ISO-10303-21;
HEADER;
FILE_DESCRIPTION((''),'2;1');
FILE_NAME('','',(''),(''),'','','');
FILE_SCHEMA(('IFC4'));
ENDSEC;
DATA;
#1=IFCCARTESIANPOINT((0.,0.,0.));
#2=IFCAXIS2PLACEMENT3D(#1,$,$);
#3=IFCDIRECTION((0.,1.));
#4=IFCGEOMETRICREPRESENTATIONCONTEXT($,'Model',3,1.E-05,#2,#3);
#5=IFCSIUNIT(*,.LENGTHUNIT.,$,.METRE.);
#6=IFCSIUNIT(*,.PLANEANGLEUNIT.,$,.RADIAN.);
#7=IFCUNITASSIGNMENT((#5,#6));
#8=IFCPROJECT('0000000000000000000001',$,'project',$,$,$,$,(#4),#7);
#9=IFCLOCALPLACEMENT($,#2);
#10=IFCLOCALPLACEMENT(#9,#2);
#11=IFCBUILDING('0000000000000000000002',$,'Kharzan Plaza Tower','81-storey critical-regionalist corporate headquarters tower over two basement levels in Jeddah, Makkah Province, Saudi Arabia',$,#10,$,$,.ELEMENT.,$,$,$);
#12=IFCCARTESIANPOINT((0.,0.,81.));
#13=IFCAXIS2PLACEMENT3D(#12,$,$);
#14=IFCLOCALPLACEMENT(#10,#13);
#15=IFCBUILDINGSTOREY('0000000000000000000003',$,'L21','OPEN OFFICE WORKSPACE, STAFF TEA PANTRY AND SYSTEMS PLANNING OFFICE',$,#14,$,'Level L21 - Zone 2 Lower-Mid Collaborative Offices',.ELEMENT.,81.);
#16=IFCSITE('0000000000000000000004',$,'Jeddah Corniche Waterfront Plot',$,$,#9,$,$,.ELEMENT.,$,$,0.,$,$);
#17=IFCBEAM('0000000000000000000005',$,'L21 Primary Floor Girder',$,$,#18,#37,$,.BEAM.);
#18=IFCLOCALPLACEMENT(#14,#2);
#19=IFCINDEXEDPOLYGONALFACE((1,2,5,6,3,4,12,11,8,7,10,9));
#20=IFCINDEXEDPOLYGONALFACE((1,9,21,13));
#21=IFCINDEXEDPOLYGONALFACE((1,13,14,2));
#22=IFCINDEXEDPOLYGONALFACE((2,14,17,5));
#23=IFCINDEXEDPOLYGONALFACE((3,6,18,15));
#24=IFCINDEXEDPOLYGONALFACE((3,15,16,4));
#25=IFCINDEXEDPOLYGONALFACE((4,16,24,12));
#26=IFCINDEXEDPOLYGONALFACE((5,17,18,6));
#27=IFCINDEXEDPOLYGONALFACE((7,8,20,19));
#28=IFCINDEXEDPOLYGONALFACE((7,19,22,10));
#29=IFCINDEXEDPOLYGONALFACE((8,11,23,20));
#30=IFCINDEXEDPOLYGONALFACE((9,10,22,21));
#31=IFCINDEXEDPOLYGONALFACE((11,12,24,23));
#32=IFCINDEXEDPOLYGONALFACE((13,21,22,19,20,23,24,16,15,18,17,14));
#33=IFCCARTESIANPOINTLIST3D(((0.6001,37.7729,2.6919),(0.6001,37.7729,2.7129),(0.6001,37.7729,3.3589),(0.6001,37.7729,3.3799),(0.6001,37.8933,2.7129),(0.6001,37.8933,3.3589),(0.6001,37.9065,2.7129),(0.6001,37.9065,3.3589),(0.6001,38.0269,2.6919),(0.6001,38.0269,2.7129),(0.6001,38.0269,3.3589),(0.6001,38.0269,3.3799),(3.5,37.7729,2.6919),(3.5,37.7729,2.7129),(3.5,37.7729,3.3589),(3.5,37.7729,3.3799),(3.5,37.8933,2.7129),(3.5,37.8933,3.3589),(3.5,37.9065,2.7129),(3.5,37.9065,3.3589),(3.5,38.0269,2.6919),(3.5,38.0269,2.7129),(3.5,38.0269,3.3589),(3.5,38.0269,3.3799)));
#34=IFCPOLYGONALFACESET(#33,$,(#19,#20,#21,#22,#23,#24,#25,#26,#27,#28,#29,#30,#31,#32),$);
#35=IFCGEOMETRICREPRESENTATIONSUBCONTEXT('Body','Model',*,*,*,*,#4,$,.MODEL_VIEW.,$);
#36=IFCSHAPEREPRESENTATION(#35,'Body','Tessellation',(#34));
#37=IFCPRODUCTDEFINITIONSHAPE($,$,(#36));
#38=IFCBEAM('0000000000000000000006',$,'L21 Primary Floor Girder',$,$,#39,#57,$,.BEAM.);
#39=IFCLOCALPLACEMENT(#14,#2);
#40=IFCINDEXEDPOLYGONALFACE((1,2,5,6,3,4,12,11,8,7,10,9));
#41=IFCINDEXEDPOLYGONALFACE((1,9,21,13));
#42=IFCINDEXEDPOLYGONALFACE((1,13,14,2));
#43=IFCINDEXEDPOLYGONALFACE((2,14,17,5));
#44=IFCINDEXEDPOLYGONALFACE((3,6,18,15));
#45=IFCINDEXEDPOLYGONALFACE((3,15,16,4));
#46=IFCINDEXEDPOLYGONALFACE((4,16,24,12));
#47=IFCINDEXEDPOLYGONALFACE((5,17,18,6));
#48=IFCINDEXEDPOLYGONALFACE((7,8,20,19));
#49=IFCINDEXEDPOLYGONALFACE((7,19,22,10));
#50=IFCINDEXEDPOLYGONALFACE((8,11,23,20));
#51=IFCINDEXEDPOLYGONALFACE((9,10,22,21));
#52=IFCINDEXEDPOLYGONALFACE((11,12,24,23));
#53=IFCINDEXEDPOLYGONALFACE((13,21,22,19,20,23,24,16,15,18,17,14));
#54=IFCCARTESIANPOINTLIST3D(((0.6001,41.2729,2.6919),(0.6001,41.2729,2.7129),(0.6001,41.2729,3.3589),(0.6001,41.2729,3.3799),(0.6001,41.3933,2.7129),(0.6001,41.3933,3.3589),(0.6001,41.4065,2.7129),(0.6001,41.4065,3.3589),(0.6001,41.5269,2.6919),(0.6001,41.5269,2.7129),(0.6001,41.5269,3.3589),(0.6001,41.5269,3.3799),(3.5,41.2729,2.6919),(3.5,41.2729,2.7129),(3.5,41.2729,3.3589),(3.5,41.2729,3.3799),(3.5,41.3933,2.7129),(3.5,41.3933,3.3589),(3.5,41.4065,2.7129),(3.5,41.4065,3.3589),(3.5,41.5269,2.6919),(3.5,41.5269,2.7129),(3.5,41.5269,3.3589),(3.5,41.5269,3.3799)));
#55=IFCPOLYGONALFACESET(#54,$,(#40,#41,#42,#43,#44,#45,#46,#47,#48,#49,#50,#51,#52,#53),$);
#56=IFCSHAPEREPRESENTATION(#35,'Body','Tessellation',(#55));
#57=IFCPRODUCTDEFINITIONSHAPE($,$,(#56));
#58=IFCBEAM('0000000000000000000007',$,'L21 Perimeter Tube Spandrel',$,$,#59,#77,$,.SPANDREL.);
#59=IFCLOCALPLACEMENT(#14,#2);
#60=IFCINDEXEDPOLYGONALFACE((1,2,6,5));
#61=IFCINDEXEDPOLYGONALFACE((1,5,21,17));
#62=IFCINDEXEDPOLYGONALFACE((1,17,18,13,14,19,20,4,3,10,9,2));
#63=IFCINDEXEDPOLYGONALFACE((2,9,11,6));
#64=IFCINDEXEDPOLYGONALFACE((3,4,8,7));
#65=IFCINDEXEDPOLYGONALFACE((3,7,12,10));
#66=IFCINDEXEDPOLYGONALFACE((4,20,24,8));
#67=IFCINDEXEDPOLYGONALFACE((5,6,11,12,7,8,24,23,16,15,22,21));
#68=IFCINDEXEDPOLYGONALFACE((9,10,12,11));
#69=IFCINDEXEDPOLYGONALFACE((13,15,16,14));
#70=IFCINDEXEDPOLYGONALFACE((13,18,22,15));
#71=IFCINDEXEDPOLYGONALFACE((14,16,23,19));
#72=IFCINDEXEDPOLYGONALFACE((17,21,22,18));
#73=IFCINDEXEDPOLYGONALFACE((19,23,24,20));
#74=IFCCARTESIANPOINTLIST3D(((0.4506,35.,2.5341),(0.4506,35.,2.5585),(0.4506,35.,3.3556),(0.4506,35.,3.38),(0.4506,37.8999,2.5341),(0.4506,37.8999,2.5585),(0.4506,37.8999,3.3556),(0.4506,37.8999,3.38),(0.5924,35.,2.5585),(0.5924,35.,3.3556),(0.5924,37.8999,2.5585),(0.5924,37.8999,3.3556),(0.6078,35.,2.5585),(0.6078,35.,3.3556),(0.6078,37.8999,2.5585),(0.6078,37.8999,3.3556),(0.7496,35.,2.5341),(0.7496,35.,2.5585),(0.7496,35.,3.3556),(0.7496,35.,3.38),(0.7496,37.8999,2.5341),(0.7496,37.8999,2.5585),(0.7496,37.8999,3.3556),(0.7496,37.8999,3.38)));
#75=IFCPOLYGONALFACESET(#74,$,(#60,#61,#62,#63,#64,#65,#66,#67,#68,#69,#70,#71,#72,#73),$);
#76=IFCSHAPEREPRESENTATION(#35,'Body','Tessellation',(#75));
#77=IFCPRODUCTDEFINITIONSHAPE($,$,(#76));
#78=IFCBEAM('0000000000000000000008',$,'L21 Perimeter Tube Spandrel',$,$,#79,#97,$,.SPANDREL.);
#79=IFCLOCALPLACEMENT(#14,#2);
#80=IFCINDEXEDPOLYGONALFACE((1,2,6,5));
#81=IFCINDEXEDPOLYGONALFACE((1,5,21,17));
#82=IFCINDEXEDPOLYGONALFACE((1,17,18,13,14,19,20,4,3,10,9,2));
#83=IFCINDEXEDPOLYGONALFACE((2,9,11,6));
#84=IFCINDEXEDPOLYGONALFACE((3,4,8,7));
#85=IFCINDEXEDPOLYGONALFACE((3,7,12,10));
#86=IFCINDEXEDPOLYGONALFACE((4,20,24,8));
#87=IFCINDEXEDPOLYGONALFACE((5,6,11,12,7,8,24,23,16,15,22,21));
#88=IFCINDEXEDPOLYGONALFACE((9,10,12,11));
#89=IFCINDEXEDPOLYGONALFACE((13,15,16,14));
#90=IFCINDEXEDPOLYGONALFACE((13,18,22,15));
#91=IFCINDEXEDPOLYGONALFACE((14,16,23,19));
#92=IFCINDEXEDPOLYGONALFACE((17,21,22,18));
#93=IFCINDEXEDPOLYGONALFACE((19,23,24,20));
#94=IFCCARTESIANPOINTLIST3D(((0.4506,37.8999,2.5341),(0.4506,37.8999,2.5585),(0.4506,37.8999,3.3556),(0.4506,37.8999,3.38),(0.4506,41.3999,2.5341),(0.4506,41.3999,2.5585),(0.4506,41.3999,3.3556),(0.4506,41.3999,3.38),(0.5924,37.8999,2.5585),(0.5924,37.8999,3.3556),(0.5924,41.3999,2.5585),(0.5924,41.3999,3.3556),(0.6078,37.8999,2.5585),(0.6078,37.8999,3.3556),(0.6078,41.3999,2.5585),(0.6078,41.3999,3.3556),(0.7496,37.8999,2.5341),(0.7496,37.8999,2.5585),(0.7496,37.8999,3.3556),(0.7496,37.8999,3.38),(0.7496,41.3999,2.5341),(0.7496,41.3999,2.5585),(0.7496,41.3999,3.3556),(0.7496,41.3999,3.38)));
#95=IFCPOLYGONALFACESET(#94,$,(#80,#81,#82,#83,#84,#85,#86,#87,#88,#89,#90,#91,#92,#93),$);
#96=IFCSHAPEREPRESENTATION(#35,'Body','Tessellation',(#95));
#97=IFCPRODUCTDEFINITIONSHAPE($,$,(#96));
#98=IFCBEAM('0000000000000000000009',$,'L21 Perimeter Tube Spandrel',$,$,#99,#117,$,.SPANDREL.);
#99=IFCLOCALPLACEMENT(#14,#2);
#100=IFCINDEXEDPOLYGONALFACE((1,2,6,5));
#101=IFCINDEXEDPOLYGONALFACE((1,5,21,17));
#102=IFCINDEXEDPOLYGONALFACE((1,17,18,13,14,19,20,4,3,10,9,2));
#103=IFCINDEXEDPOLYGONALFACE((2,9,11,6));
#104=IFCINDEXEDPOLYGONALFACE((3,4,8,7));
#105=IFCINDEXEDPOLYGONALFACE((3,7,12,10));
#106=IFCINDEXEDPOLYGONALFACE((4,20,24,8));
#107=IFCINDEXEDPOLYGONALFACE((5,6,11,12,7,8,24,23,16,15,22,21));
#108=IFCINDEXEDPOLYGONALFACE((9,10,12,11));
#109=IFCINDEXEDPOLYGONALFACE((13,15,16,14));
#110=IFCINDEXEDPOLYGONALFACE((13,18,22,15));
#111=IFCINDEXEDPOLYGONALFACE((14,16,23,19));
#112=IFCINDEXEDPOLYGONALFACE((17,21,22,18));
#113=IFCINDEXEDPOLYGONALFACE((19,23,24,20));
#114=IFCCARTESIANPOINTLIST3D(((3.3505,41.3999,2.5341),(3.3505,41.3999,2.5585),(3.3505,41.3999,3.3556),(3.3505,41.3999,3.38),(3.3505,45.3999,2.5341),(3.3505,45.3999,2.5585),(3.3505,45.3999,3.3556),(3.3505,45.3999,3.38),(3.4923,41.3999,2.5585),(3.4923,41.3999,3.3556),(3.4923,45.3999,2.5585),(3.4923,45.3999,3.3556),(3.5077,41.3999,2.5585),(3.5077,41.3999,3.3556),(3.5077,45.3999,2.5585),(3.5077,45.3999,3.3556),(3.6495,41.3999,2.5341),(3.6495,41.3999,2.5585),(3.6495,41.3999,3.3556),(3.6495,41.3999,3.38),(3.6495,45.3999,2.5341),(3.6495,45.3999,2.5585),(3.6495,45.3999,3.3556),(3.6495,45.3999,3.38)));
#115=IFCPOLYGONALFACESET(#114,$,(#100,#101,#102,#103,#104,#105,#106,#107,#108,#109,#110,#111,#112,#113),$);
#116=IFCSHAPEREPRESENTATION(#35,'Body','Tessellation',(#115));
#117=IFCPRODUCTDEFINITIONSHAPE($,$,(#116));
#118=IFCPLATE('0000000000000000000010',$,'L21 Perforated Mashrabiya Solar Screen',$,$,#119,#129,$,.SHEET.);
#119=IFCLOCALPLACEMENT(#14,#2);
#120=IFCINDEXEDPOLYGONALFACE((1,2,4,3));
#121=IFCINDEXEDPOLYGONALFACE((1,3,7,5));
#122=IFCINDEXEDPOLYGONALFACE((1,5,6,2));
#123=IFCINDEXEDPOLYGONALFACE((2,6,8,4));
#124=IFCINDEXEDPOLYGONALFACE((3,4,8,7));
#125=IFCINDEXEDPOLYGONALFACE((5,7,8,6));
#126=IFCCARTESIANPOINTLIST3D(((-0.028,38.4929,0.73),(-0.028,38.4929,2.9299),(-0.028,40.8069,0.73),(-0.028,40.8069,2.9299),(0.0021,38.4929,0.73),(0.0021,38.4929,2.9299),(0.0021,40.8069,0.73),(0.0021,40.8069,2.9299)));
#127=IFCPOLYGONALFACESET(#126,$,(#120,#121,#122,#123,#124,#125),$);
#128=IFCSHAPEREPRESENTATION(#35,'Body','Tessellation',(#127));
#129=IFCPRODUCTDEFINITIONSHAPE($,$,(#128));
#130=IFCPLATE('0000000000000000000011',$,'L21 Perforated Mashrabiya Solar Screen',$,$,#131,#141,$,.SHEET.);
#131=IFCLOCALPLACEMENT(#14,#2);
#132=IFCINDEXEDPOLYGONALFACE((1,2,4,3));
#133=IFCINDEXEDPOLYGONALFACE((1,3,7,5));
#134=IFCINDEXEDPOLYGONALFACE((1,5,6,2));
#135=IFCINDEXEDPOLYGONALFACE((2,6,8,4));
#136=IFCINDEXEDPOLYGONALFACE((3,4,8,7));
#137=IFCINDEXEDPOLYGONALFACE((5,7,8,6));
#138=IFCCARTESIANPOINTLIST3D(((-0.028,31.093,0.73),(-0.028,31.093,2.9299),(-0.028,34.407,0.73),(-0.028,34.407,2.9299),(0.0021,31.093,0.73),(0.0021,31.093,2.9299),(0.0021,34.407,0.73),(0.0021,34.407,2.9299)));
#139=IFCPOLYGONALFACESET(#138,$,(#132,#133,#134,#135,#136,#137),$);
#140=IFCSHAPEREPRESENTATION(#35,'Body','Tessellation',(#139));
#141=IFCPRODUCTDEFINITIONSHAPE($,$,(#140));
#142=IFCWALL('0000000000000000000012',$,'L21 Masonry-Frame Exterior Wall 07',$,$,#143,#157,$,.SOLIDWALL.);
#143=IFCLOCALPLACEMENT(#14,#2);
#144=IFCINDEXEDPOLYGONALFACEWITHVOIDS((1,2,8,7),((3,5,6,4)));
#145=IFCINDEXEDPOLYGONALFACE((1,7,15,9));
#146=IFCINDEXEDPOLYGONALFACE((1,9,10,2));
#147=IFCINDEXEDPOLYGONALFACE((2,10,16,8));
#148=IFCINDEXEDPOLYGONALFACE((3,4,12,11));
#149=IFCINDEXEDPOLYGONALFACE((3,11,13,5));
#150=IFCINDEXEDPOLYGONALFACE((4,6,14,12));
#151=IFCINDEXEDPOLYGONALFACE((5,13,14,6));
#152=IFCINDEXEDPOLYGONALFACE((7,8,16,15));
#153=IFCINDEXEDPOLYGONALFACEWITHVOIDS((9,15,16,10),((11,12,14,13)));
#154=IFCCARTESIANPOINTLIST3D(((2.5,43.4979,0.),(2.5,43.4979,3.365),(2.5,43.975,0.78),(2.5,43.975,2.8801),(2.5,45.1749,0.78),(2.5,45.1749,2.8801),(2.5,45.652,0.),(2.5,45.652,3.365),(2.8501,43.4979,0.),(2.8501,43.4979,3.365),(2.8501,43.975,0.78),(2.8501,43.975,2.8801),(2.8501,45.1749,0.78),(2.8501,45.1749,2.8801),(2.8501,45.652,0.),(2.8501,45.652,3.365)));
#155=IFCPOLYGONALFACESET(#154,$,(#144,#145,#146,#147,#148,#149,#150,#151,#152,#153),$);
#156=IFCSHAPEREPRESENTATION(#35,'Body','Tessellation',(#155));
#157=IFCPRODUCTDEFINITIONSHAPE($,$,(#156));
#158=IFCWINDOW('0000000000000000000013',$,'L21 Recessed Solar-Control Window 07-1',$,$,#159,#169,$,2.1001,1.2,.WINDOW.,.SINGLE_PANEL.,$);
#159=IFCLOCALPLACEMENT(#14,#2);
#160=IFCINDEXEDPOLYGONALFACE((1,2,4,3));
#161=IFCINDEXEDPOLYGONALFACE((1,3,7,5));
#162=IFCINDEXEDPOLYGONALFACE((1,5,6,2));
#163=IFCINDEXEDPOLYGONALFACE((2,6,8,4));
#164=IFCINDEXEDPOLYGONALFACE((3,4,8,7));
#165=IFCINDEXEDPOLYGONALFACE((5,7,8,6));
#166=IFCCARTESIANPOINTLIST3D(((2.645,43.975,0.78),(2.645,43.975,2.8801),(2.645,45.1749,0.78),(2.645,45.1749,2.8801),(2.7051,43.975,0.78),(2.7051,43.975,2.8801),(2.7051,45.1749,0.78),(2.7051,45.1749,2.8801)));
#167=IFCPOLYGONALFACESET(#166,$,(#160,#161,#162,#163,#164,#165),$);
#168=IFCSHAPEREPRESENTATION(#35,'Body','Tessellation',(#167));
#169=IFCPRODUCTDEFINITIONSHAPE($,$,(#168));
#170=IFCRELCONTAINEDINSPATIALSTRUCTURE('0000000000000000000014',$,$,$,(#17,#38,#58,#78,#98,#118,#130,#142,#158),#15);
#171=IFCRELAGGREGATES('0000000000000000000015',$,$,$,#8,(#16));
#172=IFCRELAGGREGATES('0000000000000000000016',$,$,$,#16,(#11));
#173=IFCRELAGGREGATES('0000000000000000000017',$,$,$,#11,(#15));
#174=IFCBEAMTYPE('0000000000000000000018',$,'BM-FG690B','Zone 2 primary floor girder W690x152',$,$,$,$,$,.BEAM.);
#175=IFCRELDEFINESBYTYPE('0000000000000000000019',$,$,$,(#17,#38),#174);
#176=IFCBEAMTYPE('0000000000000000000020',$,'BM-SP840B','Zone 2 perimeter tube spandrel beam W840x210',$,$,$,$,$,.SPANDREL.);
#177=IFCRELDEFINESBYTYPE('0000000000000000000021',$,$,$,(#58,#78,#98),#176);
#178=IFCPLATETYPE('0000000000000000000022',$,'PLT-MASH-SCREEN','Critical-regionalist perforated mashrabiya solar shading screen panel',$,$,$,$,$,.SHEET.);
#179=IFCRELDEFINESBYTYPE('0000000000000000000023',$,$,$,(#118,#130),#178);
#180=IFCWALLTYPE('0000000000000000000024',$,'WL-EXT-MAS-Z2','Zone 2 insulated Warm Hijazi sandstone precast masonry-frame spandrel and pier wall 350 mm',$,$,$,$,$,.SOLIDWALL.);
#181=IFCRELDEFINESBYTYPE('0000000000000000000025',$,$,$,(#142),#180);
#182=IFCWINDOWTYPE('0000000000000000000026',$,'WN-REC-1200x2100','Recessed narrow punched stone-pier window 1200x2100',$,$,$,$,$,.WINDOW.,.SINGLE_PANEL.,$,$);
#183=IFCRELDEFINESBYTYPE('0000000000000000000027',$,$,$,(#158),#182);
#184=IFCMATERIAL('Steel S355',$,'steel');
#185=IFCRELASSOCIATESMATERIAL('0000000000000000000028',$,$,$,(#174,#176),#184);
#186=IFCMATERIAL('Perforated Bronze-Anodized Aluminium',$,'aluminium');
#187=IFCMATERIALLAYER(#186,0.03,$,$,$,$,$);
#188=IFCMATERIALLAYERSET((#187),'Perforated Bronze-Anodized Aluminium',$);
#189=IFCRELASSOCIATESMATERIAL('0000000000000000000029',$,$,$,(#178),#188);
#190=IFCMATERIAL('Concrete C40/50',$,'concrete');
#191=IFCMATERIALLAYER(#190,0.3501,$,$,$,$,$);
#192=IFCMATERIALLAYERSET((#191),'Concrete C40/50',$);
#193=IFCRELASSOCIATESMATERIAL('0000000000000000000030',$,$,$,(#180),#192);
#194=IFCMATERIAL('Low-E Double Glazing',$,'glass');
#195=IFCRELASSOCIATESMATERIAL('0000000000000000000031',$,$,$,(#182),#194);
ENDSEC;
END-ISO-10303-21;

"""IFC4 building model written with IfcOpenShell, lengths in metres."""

from ifc_helpers import new_model, si_unit, direction, frame, frame_2d, origin, origin_2d, place, context, subcontext, project, spatial, rectangle, i_section, extrude, source, transform, mapped, material, layer, layer_set, material_profile, profile_set, type_object, element, fill, save


model = new_model("IFC4")

# Units and contexts
model_context = context("Model", 3, precision=1e-05, world=origin(), true_north=direction((0.0, 1.0)))
body_context = subcontext(model_context, "Body", "Model", "MODEL_VIEW")
ifc_project = project(units=[si_unit("LENGTHUNIT", "METRE"), si_unit("PLANEANGLEUNIT", "RADIAN")], contexts=[model_context])

# Site, building, storey
site_placement = place(None, origin())
site = spatial("IfcSite", under=ifc_project, at=site_placement, Name="Jeddah Corniche Waterfront Plot", CompositionType="ELEMENT", RefElevation=0.0)
building_placement = place(site_placement, origin())
building = spatial("IfcBuilding", under=site, at=building_placement, Name="Kharzan Plaza Tower", Description="81-storey critical-regionalist corporate headquarters tower over two basement levels in Jeddah, Makkah Province, Saudi Arabia", CompositionType="ELEMENT")
storey_placement = place(building_placement, frame((0.0, 0.0, 81.0)))
storey = spatial("IfcBuildingStorey", under=building, at=storey_placement, Name="L21", Description="OPEN OFFICE WORKSPACE, STAFF TEA PANTRY AND SYSTEMS PLANNING OFFICE", LongName="Level L21 - Zone 2 Lower-Mid Collaborative Offices", CompositionType="ELEMENT", Elevation=81.0)

# Beams
ifc_material_1 = material(Name="Steel S355", Category="steel")
ifc_material_profile_1 = material_profile(ifc_material_1, i_section(OverallWidth=0.2539, OverallDepth=0.688, WebThickness=0.0132, FlangeThickness=0.021, at=origin_2d()), Name="W690x152")
ifc_profile_set_1 = profile_set([ifc_material_profile_1], Name="Steel S355")
beam_type_1 = type_object("IfcBeamType", Name="BM-FG690B", Description="Zone 2 primary floor girder W690x152", PredefinedType="BEAM", material=ifc_profile_set_1)
shared_shape_1 = source(origin(), body_context, "Body", "SweptSolid", [
    extrude(i_section(OverallWidth=0.2539, OverallDepth=0.688, WebThickness=0.0132, FlangeThickness=0.021, at=origin_2d()), origin(), (0.0, 0.0, 1.0), 2.8999),
])
for number, where, z_axis, x_axis, name in (
    (1, (0.6001, 37.8999, 3.0359), (1.0, 0.0, 0.0), (0.0, 1.0, 0.0), "L21 Primary Floor Girder"),
    (2, (0.6001, 41.3999, 3.0359), (1.0, 0.0, 0.0), (0.0, 1.0, 0.0), "L21 Primary Floor Girder"),
):
    element("IfcBeam", number, at=place(storey_placement, frame(where, z_axis=z_axis, x_axis=x_axis)), inside=storey, type_object=beam_type_1, Name=name, PredefinedType="BEAM", context=body_context, shape_type="MappedRepresentation", body=[
        mapped(shared_shape_1, transform((0.0, 0.0, 0.0), x_axis=(1.0, 0.0, 0.0), y_axis=(0.0, 1.0, 0.0), z_axis=(0.0, 0.0, 1.0))),
    ])
ifc_material_profile_2 = material_profile(ifc_material_1, i_section(OverallWidth=0.2991, OverallDepth=0.8459, WebThickness=0.0154, FlangeThickness=0.0244, at=origin_2d()), Name="W840x210")
ifc_profile_set_2 = profile_set([ifc_material_profile_2], Name="Steel S355")
beam_type_2 = type_object("IfcBeamType", Name="BM-SP840B", Description="Zone 2 perimeter tube spandrel beam W840x210", PredefinedType="SPANDREL", material=ifc_profile_set_2)
shared_shape_2 = source(origin(), body_context, "Body", "SweptSolid", [
    extrude(i_section(OverallWidth=0.2991, OverallDepth=0.8459, WebThickness=0.0154, FlangeThickness=0.0244, at=origin_2d()), origin(), (0.0, 0.0, 1.0), 2.8999),
])
beam_1_placement = place(storey_placement, frame((0.6001, 35.0, 2.957), z_axis=(0.0, 1.0, 0.0), x_axis=(-1.0, 0.0, 0.0)))
element("IfcBeam", 3, at=beam_1_placement, inside=storey, type_object=beam_type_2, Name="L21 Perimeter Tube Spandrel", PredefinedType="SPANDREL", context=body_context, shape_type="MappedRepresentation", body=[
    mapped(shared_shape_2, transform((0.0, 0.0, 0.0), x_axis=(1.0, 0.0, 0.0), y_axis=(0.0, 1.0, 0.0), z_axis=(0.0, 0.0, 1.0))),
])
shared_shape_3 = source(origin(), body_context, "Body", "SweptSolid", [
    extrude(i_section(OverallWidth=0.2991, OverallDepth=0.8459, WebThickness=0.0154, FlangeThickness=0.0244, at=origin_2d()), origin(), (0.0, 0.0, 1.0), 3.5),
])
beam_2_placement = place(storey_placement, frame((0.6001, 37.8999, 2.957), z_axis=(0.0, 1.0, 0.0), x_axis=(-1.0, 0.0, 0.0)))
element("IfcBeam", 4, at=beam_2_placement, inside=storey, type_object=beam_type_2, Name="L21 Perimeter Tube Spandrel", PredefinedType="SPANDREL", context=body_context, shape_type="MappedRepresentation", body=[
    mapped(shared_shape_3, transform((0.0, 0.0, 0.0), x_axis=(1.0, 0.0, 0.0), y_axis=(0.0, 1.0, 0.0), z_axis=(0.0, 0.0, 1.0))),
])
shared_shape_4 = source(origin(), body_context, "Body", "SweptSolid", [
    extrude(i_section(OverallWidth=0.2991, OverallDepth=0.8459, WebThickness=0.0154, FlangeThickness=0.0244, at=origin_2d()), origin(), (0.0, 0.0, 1.0), 4.0),
])
beam_3_placement = place(storey_placement, frame((3.5, 41.3999, 2.957), z_axis=(0.0, 1.0, 0.0), x_axis=(-1.0, 0.0, 0.0)))
element("IfcBeam", 5, at=beam_3_placement, inside=storey, type_object=beam_type_2, Name="L21 Perimeter Tube Spandrel", PredefinedType="SPANDREL", context=body_context, shape_type="MappedRepresentation", body=[
    mapped(shared_shape_4, transform((0.0, 0.0, 0.0), x_axis=(1.0, 0.0, 0.0), y_axis=(0.0, 1.0, 0.0), z_axis=(0.0, 0.0, 1.0))),
])

# Plates
ifc_material_2 = material(Name="Perforated Bronze-Anodized Aluminium", Category="aluminium")
ifc_layer_1 = layer(ifc_material_2, 0.03)
ifc_layer_set_1 = layer_set([ifc_layer_1], Name="Perforated Bronze-Anodized Aluminium")
plate_type = type_object("IfcPlateType", Name="PLT-MASH-SCREEN", Description="Critical-regionalist perforated mashrabiya solar shading screen panel", PredefinedType="SHEET", material=ifc_layer_set_1)
shared_shape_5 = source(origin(), body_context, "Body", "SweptSolid", [
    extrude(rectangle(XDim=2.314, YDim=0.03, at=origin_2d()), origin(), (0.0, 0.0, 1.0), 2.2),
])
plate_1_placement = place(storey_placement, frame((-0.0129, 39.6499, 0.73), z_axis=(0.0, 0.0, 1.0), x_axis=(0.0, -1.0, 0.0)))
element("IfcPlate", 6, at=plate_1_placement, inside=storey, type_object=plate_type, Name="L21 Perforated Mashrabiya Solar Screen", PredefinedType="SHEET", context=body_context, shape_type="MappedRepresentation", body=[
    mapped(shared_shape_5, transform((0.0, 0.0, 0.0), x_axis=(1.0, 0.0, 0.0), y_axis=(0.0, 1.0, 0.0), z_axis=(0.0, 0.0, 1.0))),
])
shared_shape_6 = source(origin(), body_context, "Body", "SweptSolid", [
    extrude(rectangle(XDim=3.314, YDim=0.03, at=origin_2d()), origin(), (0.0, 0.0, 1.0), 2.2),
])
plate_2_placement = place(storey_placement, frame((-0.0129, 32.75, 0.73), z_axis=(0.0, 0.0, 1.0), x_axis=(0.0, -1.0, 0.0)))
element("IfcPlate", 7, at=plate_2_placement, inside=storey, type_object=plate_type, Name="L21 Perforated Mashrabiya Solar Screen", PredefinedType="SHEET", context=body_context, shape_type="MappedRepresentation", body=[
    mapped(shared_shape_6, transform((0.0, 0.0, 0.0), x_axis=(1.0, 0.0, 0.0), y_axis=(0.0, 1.0, 0.0), z_axis=(0.0, 0.0, 1.0))),
])

# Wall, opening, window
ifc_material_3 = material(Name="Concrete C40/50", Category="concrete")
ifc_layer_2 = layer(ifc_material_3, 0.3501)
ifc_layer_set_2 = layer_set([ifc_layer_2], Name="Concrete C40/50")
wall_type = type_object("IfcWallType", Name="WL-EXT-MAS-Z2", Description="Zone 2 insulated Warm Hijazi sandstone precast masonry-frame spandrel and pier wall 350 mm", PredefinedType="SOLIDWALL", material=ifc_layer_set_2)
wall_1_placement = place(storey_placement, frame((2.675, 45.6521, 0.0), z_axis=(0.0, 0.0, 1.0), x_axis=(0.0, -1.0, 0.0)))
wall_1 = element("IfcWall", 8, at=wall_1_placement, inside=storey, type_object=wall_type, Name="L21 Masonry-Frame Exterior Wall 07", PredefinedType="SOLIDWALL", context=body_context, shape_type="SweptSolid", body=[
    extrude(rectangle(XDim=2.1541, YDim=0.3501, at=frame_2d((1.0771, 0.0))), origin(), (0.0, 0.0, 1.0), 3.365),
])
opening_1_placement = place(wall_1_placement, frame((0.4771, 0.0, 0.78)))
opening_1 = element("IfcOpeningElement", 9, at=opening_1_placement, cuts=wall_1, PredefinedType="OPENING", context=body_context, shape_type="SweptSolid", body=[
    extrude(rectangle(XDim=1.2, YDim=2.1001, at=frame_2d((0.6001, 1.05))), frame((0.0, 0.1851, 0.0), z_axis=(0.0, -1.0, 0.0), x_axis=(1.0, 0.0, 0.0)), (0.0, 0.0, 1.0), 0.3701),
])
ifc_material_4 = material(Name="Low-E Double Glazing", Category="glass")
window_type_1 = type_object("IfcWindowType", Name="WN-REC-1200x2100", Description="Recessed narrow punched stone-pier window 1200x2100", PartitioningType="SINGLE_PANEL", PredefinedType="WINDOW", material=ifc_material_4)
shared_shape_7 = source(origin(), body_context, "Body", "SweptSolid", [
    extrude(rectangle(XDim=1.2, YDim=2.1001, at=frame_2d((0.6001, 1.05))), frame((0.0, 0.03, 0.0), z_axis=(0.0, -1.0, 0.0), x_axis=(1.0, 0.0, 0.0)), (0.0, 0.0, 1.0), 0.0601),
])
window_1_placement = place(opening_1_placement, origin())
window_1 = element("IfcWindow", 10, at=window_1_placement, inside=storey, type_object=window_type_1, Name="L21 Recessed Solar-Control Window 07-1", OverallHeight=2.1001, OverallWidth=1.2, PartitioningType="SINGLE_PANEL", PredefinedType="WINDOW", context=body_context, shape_type="MappedRepresentation", body=[
    mapped(shared_shape_7, transform((0.0, 0.0, 0.0), x_axis=(1.0, 0.0, 0.0), y_axis=(0.0, 1.0, 0.0), z_axis=(0.0, 0.0, 1.0))),
])
fill(opening_1, window_1)

save(model, "model.ifc")
